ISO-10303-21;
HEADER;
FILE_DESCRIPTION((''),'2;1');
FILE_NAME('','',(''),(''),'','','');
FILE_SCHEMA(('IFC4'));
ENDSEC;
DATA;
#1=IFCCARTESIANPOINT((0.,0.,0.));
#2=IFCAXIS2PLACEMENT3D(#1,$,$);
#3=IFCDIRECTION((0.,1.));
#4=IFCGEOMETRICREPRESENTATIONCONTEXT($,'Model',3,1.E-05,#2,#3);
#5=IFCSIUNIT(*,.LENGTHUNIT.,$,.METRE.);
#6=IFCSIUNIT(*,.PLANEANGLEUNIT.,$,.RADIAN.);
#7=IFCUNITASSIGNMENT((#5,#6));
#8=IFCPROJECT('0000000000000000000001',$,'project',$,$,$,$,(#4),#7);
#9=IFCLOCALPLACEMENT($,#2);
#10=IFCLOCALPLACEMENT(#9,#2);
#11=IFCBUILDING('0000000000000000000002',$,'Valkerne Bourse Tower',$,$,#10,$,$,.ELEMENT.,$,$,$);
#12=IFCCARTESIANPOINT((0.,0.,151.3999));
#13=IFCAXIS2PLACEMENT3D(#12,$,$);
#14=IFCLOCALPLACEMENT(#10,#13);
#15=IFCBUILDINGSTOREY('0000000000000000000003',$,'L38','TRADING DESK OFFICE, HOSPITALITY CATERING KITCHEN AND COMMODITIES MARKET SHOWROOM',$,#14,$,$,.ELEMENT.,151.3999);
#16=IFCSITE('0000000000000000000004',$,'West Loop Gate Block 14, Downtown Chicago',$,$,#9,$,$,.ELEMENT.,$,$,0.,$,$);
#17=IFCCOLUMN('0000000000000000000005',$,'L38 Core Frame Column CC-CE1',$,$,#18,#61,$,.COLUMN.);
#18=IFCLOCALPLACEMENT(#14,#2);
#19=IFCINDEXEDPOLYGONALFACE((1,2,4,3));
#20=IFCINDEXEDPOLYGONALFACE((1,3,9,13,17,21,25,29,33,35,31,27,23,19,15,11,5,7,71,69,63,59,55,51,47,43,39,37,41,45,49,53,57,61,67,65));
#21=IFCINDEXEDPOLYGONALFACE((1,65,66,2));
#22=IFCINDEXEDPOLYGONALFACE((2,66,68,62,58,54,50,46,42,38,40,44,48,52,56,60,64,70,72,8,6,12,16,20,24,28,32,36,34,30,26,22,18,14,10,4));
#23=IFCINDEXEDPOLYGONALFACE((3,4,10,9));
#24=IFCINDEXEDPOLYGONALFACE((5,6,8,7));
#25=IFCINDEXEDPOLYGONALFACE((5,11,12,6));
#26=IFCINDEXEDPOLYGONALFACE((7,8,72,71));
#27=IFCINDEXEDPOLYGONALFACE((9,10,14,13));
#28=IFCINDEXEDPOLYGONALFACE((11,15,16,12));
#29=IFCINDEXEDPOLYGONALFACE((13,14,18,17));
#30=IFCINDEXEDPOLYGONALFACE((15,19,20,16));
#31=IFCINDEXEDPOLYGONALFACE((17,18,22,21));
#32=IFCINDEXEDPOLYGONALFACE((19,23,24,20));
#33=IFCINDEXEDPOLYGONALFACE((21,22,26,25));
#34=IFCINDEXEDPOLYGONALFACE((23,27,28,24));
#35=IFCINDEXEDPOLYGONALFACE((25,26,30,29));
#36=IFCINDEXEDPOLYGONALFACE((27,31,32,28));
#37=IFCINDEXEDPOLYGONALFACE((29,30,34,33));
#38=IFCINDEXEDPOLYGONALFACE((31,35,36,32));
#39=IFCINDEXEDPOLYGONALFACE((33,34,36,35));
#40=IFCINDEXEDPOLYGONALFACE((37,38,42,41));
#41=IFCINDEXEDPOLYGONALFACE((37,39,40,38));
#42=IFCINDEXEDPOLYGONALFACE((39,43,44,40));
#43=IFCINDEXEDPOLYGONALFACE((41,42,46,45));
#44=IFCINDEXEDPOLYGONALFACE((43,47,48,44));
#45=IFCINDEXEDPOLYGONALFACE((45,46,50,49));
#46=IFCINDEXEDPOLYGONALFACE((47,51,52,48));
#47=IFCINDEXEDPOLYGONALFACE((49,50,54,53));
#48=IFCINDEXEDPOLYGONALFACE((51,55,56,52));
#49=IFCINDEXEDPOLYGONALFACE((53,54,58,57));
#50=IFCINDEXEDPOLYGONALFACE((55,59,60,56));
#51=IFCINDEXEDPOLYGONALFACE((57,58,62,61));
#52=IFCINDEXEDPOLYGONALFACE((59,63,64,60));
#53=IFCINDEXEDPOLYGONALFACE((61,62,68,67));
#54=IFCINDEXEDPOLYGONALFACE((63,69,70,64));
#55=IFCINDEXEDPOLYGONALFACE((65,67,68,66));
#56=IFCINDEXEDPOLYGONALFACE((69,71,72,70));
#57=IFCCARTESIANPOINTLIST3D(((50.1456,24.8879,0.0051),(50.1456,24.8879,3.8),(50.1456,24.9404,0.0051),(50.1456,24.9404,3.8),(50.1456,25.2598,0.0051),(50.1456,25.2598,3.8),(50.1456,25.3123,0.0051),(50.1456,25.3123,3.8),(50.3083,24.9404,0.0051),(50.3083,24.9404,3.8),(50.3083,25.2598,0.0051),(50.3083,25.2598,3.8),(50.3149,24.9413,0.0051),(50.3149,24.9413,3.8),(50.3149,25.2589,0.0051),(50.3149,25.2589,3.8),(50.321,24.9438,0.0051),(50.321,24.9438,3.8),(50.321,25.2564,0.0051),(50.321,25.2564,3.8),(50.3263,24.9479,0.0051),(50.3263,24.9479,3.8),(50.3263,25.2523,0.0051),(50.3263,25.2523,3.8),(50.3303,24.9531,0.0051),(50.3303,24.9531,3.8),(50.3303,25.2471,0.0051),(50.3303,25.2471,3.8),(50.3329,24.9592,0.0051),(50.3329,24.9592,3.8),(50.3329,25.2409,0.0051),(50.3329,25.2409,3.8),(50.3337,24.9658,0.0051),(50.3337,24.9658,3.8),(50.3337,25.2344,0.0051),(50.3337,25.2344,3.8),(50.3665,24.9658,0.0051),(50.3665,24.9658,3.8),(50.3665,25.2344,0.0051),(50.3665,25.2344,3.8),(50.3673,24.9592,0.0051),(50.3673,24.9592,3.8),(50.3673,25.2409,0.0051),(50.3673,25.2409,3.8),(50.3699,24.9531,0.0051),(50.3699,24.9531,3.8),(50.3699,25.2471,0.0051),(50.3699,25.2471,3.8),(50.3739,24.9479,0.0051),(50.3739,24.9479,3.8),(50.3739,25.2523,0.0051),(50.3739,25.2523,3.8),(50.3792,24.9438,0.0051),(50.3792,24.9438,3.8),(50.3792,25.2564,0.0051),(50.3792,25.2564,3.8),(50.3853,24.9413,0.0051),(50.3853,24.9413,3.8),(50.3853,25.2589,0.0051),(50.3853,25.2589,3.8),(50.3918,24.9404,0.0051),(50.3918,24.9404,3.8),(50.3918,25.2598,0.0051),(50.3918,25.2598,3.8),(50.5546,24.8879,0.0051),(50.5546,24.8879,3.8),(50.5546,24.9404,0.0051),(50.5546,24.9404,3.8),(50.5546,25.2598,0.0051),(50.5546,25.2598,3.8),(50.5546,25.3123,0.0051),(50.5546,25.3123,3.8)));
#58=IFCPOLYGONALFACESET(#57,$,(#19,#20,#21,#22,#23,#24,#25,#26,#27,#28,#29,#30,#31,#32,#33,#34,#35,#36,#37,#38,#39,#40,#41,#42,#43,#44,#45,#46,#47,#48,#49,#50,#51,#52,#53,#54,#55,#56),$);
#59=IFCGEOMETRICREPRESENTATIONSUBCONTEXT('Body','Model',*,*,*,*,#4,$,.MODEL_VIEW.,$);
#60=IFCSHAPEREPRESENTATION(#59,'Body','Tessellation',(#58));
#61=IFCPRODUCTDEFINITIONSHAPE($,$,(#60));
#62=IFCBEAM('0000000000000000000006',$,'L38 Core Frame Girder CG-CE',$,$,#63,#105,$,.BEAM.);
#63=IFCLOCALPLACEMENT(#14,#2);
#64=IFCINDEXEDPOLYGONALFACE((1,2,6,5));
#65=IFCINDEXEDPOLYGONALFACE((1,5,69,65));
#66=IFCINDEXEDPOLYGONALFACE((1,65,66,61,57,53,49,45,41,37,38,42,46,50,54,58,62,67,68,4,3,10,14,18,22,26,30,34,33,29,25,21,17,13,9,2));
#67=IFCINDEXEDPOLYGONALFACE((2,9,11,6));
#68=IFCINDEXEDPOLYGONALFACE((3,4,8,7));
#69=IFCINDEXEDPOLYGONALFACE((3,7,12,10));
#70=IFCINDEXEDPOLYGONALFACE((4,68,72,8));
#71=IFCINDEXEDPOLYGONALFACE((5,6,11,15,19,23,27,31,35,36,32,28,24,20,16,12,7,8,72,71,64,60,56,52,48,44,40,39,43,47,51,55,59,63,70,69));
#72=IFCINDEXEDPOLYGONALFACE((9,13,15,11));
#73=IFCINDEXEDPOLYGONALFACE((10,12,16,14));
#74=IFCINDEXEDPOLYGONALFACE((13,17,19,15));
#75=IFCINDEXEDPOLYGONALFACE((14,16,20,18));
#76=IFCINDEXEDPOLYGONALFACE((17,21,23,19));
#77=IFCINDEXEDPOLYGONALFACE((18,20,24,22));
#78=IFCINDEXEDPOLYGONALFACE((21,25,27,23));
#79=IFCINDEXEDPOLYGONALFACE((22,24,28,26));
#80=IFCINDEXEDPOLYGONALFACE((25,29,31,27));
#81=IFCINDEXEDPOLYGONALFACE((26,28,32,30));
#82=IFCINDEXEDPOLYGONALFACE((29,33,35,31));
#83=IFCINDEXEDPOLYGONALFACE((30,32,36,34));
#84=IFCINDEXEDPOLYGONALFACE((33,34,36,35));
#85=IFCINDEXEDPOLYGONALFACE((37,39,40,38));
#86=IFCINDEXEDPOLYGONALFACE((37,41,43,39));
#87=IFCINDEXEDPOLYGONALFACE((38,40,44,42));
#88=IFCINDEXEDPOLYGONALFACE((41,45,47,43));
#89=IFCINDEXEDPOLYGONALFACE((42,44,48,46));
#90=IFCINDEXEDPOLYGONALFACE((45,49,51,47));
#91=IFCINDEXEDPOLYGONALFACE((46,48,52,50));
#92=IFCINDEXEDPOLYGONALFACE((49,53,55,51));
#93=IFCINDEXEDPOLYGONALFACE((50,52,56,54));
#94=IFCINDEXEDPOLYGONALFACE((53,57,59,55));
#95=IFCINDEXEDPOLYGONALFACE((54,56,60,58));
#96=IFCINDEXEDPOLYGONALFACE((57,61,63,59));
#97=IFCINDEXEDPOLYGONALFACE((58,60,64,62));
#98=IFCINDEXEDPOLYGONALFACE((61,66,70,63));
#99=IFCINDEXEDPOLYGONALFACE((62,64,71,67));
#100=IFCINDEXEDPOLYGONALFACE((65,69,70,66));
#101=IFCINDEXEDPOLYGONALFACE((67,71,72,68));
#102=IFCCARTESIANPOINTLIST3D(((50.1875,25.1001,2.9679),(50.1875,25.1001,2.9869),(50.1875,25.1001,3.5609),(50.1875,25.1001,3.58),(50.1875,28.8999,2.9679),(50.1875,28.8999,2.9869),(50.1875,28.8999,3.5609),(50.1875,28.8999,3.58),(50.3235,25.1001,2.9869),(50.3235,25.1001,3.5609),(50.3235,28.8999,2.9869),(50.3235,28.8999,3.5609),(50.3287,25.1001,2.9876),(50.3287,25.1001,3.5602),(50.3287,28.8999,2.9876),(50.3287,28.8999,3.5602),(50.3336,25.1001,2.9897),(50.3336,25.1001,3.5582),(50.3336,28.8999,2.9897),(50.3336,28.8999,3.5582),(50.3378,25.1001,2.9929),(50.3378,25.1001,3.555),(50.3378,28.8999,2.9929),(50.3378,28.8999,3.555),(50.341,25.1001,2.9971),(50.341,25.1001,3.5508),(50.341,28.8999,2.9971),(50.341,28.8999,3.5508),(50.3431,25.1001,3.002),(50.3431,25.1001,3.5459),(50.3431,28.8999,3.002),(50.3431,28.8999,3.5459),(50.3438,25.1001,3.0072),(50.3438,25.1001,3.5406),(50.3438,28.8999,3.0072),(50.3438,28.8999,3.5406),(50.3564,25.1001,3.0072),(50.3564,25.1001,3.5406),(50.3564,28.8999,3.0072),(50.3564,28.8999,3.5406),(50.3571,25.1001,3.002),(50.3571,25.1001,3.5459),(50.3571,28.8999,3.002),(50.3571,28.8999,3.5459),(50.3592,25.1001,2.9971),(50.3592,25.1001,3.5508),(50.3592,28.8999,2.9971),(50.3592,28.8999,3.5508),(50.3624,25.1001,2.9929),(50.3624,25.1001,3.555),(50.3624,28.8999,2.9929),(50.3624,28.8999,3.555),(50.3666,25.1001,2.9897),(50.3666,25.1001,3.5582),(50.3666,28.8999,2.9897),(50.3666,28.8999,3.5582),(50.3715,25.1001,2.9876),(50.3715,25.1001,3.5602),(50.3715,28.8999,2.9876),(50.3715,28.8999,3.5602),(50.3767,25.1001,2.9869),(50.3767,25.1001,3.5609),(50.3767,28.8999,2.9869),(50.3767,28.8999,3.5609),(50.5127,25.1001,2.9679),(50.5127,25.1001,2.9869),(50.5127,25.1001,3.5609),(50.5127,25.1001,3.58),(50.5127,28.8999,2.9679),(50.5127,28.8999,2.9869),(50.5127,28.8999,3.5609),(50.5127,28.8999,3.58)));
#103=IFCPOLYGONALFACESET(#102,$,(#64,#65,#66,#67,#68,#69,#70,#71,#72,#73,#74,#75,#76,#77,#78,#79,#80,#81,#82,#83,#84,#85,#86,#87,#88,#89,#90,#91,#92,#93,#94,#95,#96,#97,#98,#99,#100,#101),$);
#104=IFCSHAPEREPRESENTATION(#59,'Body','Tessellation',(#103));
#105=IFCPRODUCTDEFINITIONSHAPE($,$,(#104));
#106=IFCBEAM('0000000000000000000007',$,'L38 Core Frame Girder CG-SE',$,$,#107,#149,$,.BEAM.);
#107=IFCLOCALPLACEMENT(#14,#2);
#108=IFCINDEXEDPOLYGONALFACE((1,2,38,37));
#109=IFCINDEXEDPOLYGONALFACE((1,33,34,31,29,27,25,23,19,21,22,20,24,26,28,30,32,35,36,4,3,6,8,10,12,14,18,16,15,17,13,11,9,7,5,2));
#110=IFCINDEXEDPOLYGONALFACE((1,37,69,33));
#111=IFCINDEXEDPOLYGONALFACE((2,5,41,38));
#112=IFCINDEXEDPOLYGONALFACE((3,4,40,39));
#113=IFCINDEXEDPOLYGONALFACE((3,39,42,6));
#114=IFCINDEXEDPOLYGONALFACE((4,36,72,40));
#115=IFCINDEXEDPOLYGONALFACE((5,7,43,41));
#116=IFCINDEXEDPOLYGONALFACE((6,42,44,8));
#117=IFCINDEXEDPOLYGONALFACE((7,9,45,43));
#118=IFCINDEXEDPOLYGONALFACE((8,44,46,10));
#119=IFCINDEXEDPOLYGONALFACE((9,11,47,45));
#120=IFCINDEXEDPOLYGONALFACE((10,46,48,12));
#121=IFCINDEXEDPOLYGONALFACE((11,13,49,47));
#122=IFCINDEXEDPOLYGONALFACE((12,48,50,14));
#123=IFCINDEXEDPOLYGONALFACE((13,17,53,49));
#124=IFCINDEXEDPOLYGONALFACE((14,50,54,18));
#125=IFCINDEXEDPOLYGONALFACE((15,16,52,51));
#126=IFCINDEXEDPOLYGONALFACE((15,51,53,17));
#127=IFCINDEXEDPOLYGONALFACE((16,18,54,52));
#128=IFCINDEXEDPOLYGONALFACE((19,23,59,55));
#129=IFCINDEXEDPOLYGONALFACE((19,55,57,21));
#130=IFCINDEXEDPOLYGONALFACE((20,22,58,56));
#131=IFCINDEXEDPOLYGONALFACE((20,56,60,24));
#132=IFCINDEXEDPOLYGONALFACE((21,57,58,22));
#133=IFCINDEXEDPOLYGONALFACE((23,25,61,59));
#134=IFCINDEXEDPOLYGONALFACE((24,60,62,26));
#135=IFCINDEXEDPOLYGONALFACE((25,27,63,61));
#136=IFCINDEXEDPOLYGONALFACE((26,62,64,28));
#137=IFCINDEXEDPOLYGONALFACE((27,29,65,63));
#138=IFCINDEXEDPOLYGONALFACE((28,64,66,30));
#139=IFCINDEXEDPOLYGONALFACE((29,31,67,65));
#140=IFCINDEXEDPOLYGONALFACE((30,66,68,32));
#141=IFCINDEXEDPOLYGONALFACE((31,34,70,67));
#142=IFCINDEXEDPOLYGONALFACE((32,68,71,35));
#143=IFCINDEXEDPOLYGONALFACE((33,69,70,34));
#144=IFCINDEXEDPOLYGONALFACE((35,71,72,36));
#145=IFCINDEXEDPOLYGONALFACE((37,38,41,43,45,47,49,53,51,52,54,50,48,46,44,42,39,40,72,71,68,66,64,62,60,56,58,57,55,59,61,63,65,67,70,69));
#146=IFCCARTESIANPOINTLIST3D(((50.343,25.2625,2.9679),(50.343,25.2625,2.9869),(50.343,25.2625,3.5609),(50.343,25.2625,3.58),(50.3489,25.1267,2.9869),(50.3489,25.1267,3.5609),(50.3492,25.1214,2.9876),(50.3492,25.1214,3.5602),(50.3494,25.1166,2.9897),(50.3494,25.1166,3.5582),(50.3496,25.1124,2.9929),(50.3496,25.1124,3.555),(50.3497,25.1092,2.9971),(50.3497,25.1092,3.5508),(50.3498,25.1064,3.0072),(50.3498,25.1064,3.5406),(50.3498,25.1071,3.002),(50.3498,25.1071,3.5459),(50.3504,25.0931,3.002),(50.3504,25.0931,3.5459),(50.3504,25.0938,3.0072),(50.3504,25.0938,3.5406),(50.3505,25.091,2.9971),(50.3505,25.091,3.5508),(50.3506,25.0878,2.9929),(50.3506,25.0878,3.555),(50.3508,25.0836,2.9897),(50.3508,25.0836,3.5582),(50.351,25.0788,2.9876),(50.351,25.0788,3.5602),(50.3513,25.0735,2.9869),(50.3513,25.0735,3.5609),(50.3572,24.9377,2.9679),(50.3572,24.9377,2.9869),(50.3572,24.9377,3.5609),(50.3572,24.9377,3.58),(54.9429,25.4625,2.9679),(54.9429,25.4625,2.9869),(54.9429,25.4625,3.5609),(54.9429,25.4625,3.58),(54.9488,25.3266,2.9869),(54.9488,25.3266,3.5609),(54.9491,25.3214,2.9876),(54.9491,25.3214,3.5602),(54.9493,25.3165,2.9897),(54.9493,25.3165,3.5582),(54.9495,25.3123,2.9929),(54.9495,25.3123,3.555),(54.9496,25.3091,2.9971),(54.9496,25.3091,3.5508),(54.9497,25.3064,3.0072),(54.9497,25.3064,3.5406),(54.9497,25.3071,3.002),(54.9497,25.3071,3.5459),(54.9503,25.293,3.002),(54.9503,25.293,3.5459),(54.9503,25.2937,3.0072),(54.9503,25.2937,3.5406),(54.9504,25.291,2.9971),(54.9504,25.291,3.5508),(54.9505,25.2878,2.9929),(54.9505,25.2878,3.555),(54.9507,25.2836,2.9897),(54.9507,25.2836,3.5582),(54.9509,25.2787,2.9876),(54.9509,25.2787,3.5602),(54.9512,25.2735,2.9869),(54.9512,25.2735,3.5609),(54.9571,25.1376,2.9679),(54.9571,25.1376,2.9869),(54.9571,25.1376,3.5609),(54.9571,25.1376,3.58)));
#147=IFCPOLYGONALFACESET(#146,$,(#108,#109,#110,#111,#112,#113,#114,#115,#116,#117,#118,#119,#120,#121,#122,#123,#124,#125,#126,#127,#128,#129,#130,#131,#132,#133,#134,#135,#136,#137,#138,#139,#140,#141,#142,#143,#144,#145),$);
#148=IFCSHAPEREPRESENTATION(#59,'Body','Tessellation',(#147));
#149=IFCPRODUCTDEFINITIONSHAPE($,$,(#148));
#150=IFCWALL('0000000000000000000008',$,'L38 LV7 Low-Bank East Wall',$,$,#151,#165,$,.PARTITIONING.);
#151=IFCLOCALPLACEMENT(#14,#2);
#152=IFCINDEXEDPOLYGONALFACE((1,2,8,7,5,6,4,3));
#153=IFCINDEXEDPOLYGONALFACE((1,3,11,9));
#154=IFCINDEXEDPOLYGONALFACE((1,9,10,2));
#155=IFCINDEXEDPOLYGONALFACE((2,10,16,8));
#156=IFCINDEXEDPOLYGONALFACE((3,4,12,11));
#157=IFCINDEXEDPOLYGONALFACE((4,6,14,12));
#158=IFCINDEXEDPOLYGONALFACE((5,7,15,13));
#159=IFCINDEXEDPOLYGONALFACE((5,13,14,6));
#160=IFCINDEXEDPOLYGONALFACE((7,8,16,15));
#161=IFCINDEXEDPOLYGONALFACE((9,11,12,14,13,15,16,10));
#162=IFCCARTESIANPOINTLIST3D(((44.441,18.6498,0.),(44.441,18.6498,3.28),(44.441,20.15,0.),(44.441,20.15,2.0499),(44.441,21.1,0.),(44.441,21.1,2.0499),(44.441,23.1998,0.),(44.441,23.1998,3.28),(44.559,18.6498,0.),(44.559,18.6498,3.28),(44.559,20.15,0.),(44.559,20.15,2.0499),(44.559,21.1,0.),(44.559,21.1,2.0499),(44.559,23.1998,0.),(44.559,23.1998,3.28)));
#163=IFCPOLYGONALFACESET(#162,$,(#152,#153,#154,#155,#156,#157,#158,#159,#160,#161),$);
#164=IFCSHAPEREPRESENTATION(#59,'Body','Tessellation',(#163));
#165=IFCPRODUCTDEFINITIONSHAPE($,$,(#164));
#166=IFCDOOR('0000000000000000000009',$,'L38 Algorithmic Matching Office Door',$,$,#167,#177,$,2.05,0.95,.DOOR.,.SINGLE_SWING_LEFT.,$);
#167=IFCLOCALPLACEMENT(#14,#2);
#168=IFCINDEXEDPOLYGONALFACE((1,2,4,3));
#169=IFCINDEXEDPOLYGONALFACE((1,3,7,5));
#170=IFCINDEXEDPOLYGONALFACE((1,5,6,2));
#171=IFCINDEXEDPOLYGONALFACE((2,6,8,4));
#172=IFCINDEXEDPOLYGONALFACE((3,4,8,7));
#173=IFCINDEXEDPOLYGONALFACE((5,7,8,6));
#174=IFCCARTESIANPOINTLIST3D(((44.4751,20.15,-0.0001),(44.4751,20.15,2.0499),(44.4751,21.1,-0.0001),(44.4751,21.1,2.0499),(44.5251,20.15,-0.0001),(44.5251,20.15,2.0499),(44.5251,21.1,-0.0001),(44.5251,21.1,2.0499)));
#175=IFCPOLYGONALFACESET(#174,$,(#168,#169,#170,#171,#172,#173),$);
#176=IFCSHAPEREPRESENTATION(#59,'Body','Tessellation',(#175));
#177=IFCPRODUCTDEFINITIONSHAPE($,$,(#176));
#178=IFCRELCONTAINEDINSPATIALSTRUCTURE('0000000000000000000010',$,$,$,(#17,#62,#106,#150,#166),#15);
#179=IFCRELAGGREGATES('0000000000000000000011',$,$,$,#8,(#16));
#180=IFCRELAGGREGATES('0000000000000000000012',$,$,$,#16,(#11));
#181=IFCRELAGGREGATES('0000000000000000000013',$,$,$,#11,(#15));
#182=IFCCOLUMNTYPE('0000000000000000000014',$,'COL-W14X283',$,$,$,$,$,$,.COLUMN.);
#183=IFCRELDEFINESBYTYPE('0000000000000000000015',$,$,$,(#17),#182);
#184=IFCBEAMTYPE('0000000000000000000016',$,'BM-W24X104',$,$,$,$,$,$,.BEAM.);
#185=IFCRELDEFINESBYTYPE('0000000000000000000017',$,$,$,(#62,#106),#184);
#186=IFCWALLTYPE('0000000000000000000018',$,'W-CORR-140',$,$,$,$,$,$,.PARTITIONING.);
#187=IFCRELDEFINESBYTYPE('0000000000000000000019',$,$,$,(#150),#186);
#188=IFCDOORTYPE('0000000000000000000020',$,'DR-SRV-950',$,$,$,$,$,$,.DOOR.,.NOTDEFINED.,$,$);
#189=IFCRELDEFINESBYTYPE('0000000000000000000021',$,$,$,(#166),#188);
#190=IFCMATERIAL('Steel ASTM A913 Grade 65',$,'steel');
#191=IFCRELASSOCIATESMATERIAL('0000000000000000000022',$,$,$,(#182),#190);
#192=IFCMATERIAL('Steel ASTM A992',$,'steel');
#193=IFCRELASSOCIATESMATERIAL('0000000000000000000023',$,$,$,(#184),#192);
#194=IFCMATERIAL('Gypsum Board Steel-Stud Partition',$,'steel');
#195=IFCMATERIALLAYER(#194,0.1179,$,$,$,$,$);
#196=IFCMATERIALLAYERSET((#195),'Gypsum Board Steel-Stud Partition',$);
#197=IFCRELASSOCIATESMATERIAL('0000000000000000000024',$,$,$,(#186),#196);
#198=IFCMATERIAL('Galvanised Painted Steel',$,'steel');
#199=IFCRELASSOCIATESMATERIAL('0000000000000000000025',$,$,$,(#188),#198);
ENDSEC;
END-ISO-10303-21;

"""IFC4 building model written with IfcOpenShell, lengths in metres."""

from ifc_helpers import new_model, si_unit, direction, frame, frame_2d, origin, origin_2d, place, context, subcontext, project, spatial, rectangle, i_section, extrude, material, layer, layer_set, material_profile, profile_set, type_object, element, fill, save


model = new_model("IFC4")

# Units and contexts
model_context = context("Model", 3, precision=1e-05, world=origin(), true_north=direction((0.0, 1.0)))
body_context = subcontext(model_context, "Body", "Model", "MODEL_VIEW")
ifc_project = project(units=[si_unit("LENGTHUNIT", "METRE"), si_unit("PLANEANGLEUNIT", "RADIAN")], contexts=[model_context])

# Site, building, storey
site_placement = place(None, origin())
site = spatial("IfcSite", under=ifc_project, at=site_placement, Name="West Loop Gate Block 14, Downtown Chicago", CompositionType="ELEMENT", RefElevation=0.0)
building_placement = place(site_placement, origin())
building = spatial("IfcBuilding", under=site, at=building_placement, Name="Valkerne Bourse Tower", CompositionType="ELEMENT")
storey_placement = place(building_placement, frame((0.0, 0.0, 151.3999)))
storey = spatial("IfcBuildingStorey", under=building, at=storey_placement, Name="L38", Description="TRADING DESK OFFICE, HOSPITALITY CATERING KITCHEN AND COMMODITIES MARKET SHOWROOM", CompositionType="ELEMENT", Elevation=151.3999)

# Column
ifc_material_1 = material(Name="Steel ASTM A913 Grade 65", Category="steel")
ifc_material_profile_1 = material_profile(ifc_material_1, i_section(OverallWidth=0.4089, OverallDepth=0.4243, WebThickness=0.0327, FlangeThickness=0.0525, FilletRadius=0.0254, at=origin_2d()), Name="W14X283")
ifc_profile_set_1 = profile_set([ifc_material_profile_1], Name="Steel ASTM A913 Grade 65")
column_type = type_object("IfcColumnType", Name="COL-W14X283", PredefinedType="COLUMN", material=ifc_profile_set_1)
column_placement = place(storey_placement, frame((50.3501, 25.1001, 0.0051), z_axis=(0.0, 0.0, 1.0), x_axis=(1.0, 0.0, 0.0)))
element("IfcColumn", 1, at=column_placement, inside=storey, type_object=column_type, Name="L38 Core Frame Column CC-CE1", PredefinedType="COLUMN", context=body_context, shape_type="SweptSolid", body=[
    extrude(i_section(OverallWidth=0.4089, OverallDepth=0.4243, WebThickness=0.0327, FlangeThickness=0.0525, FilletRadius=0.0254, at=origin_2d()), origin(), (0.0, 0.0, 1.0), 3.7949),
])

# Beams
ifc_material_2 = material(Name="Steel ASTM A992", Category="steel")
ifc_material_profile_2 = material_profile(ifc_material_2, i_section(OverallWidth=0.3252, OverallDepth=0.6121, WebThickness=0.0127, FlangeThickness=0.019, FilletRadius=0.0203, at=origin_2d()), Name="W24X104")
ifc_profile_set_2 = profile_set([ifc_material_profile_2], Name="Steel ASTM A992")
beam_type = type_object("IfcBeamType", Name="BM-W24X104", PredefinedType="BEAM", material=ifc_profile_set_2)
beam_1_placement = place(storey_placement, frame((50.3501, 25.1001, 3.2739), z_axis=(0.0, 1.0, 0.0), x_axis=(-1.0, 0.0, 0.0)))
element("IfcBeam", 2, at=beam_1_placement, inside=storey, type_object=beam_type, Name="L38 Core Frame Girder CG-CE", PredefinedType="BEAM", context=body_context, shape_type="SweptSolid", body=[
    extrude(i_section(OverallWidth=0.3252, OverallDepth=0.6121, WebThickness=0.0127, FlangeThickness=0.019, FilletRadius=0.0203, at=origin_2d()), origin(), (0.0, 0.0, 1.0), 3.7998),
])
beam_2_placement = place(storey_placement, frame((50.3501, 25.1001, 3.2739), z_axis=(0.999057, 0.043428, 0.0), x_axis=(-0.043428, 0.999057, 0.0)))
element("IfcBeam", 3, at=beam_2_placement, inside=storey, type_object=beam_type, Name="L38 Core Frame Girder CG-SE", PredefinedType="BEAM", context=body_context, shape_type="SweptSolid", body=[
    extrude(i_section(OverallWidth=0.3252, OverallDepth=0.6121, WebThickness=0.0127, FlangeThickness=0.019, FilletRadius=0.0203, at=origin_2d()), origin(), (0.0, 0.0, 1.0), 4.6042),
])

# Wall, opening, door
ifc_material_3 = material(Name="Gypsum Board Steel-Stud Partition", Category="steel")
ifc_layer_1 = layer(ifc_material_3, 0.1179)
ifc_layer_set_1 = layer_set([ifc_layer_1], Name="Gypsum Board Steel-Stud Partition")
wall_type_1 = type_object("IfcWallType", Name="W-CORR-140", PredefinedType="PARTITIONING", material=ifc_layer_set_1)
wall_1_placement = place(storey_placement, frame((44.5, 18.6499, 0.0), z_axis=(0.0, 0.0, 1.0), x_axis=(0.0, 1.0, 0.0)))
wall_1 = element("IfcWall", 4, at=wall_1_placement, inside=storey, type_object=wall_type_1, Name="L38 LV7 Low-Bank East Wall", PredefinedType="PARTITIONING", context=body_context, shape_type="SweptSolid", body=[
    extrude(rectangle(XDim=4.55, YDim=0.1179, at=frame_2d((2.2749, 0.0))), origin(), (0.0, 0.0, 1.0), 3.28),
])
opening_1_placement = place(wall_1_placement, frame((1.5, 0.0, 0.0)))
opening_1 = element("IfcOpeningElement", 5, at=opening_1_placement, cuts=wall_1, PredefinedType="OPENING", context=body_context, shape_type="SweptSolid", body=[
    extrude(rectangle(XDim=0.95, YDim=2.05, at=frame_2d((0.4751, 1.0249))), frame((0.0, 0.0688, 0.0), z_axis=(0.0, -1.0, 0.0), x_axis=(1.0, 0.0, 0.0)), (0.0, 0.0, 1.0), 0.1379),
])
ifc_material_4 = material(Name="Galvanised Painted Steel", Category="steel")
door_type_1 = type_object("IfcDoorType", Name="DR-SRV-950", OperationType="NOTDEFINED", PredefinedType="DOOR", material=ifc_material_4)
door_1_placement = place(opening_1_placement, origin())
door_1 = element("IfcDoor", 6, at=door_1_placement, inside=storey, type_object=door_type_1, Name="L38 Algorithmic Matching Office Door", OperationType="SINGLE_SWING_LEFT", OverallHeight=2.05, OverallWidth=0.95, PredefinedType="DOOR", context=body_context, shape_type="SweptSolid", body=[
    extrude(rectangle(XDim=0.95, YDim=2.05, at=frame_2d((0.4751, 1.0249))), frame((0.0, 0.0249, 0.0), z_axis=(0.0, -1.0, 0.0), x_axis=(1.0, 0.0, 0.0)), (0.0, 0.0, 1.0), 0.05),
])
fill(opening_1, door_1)

save(model, "model.ifc")
